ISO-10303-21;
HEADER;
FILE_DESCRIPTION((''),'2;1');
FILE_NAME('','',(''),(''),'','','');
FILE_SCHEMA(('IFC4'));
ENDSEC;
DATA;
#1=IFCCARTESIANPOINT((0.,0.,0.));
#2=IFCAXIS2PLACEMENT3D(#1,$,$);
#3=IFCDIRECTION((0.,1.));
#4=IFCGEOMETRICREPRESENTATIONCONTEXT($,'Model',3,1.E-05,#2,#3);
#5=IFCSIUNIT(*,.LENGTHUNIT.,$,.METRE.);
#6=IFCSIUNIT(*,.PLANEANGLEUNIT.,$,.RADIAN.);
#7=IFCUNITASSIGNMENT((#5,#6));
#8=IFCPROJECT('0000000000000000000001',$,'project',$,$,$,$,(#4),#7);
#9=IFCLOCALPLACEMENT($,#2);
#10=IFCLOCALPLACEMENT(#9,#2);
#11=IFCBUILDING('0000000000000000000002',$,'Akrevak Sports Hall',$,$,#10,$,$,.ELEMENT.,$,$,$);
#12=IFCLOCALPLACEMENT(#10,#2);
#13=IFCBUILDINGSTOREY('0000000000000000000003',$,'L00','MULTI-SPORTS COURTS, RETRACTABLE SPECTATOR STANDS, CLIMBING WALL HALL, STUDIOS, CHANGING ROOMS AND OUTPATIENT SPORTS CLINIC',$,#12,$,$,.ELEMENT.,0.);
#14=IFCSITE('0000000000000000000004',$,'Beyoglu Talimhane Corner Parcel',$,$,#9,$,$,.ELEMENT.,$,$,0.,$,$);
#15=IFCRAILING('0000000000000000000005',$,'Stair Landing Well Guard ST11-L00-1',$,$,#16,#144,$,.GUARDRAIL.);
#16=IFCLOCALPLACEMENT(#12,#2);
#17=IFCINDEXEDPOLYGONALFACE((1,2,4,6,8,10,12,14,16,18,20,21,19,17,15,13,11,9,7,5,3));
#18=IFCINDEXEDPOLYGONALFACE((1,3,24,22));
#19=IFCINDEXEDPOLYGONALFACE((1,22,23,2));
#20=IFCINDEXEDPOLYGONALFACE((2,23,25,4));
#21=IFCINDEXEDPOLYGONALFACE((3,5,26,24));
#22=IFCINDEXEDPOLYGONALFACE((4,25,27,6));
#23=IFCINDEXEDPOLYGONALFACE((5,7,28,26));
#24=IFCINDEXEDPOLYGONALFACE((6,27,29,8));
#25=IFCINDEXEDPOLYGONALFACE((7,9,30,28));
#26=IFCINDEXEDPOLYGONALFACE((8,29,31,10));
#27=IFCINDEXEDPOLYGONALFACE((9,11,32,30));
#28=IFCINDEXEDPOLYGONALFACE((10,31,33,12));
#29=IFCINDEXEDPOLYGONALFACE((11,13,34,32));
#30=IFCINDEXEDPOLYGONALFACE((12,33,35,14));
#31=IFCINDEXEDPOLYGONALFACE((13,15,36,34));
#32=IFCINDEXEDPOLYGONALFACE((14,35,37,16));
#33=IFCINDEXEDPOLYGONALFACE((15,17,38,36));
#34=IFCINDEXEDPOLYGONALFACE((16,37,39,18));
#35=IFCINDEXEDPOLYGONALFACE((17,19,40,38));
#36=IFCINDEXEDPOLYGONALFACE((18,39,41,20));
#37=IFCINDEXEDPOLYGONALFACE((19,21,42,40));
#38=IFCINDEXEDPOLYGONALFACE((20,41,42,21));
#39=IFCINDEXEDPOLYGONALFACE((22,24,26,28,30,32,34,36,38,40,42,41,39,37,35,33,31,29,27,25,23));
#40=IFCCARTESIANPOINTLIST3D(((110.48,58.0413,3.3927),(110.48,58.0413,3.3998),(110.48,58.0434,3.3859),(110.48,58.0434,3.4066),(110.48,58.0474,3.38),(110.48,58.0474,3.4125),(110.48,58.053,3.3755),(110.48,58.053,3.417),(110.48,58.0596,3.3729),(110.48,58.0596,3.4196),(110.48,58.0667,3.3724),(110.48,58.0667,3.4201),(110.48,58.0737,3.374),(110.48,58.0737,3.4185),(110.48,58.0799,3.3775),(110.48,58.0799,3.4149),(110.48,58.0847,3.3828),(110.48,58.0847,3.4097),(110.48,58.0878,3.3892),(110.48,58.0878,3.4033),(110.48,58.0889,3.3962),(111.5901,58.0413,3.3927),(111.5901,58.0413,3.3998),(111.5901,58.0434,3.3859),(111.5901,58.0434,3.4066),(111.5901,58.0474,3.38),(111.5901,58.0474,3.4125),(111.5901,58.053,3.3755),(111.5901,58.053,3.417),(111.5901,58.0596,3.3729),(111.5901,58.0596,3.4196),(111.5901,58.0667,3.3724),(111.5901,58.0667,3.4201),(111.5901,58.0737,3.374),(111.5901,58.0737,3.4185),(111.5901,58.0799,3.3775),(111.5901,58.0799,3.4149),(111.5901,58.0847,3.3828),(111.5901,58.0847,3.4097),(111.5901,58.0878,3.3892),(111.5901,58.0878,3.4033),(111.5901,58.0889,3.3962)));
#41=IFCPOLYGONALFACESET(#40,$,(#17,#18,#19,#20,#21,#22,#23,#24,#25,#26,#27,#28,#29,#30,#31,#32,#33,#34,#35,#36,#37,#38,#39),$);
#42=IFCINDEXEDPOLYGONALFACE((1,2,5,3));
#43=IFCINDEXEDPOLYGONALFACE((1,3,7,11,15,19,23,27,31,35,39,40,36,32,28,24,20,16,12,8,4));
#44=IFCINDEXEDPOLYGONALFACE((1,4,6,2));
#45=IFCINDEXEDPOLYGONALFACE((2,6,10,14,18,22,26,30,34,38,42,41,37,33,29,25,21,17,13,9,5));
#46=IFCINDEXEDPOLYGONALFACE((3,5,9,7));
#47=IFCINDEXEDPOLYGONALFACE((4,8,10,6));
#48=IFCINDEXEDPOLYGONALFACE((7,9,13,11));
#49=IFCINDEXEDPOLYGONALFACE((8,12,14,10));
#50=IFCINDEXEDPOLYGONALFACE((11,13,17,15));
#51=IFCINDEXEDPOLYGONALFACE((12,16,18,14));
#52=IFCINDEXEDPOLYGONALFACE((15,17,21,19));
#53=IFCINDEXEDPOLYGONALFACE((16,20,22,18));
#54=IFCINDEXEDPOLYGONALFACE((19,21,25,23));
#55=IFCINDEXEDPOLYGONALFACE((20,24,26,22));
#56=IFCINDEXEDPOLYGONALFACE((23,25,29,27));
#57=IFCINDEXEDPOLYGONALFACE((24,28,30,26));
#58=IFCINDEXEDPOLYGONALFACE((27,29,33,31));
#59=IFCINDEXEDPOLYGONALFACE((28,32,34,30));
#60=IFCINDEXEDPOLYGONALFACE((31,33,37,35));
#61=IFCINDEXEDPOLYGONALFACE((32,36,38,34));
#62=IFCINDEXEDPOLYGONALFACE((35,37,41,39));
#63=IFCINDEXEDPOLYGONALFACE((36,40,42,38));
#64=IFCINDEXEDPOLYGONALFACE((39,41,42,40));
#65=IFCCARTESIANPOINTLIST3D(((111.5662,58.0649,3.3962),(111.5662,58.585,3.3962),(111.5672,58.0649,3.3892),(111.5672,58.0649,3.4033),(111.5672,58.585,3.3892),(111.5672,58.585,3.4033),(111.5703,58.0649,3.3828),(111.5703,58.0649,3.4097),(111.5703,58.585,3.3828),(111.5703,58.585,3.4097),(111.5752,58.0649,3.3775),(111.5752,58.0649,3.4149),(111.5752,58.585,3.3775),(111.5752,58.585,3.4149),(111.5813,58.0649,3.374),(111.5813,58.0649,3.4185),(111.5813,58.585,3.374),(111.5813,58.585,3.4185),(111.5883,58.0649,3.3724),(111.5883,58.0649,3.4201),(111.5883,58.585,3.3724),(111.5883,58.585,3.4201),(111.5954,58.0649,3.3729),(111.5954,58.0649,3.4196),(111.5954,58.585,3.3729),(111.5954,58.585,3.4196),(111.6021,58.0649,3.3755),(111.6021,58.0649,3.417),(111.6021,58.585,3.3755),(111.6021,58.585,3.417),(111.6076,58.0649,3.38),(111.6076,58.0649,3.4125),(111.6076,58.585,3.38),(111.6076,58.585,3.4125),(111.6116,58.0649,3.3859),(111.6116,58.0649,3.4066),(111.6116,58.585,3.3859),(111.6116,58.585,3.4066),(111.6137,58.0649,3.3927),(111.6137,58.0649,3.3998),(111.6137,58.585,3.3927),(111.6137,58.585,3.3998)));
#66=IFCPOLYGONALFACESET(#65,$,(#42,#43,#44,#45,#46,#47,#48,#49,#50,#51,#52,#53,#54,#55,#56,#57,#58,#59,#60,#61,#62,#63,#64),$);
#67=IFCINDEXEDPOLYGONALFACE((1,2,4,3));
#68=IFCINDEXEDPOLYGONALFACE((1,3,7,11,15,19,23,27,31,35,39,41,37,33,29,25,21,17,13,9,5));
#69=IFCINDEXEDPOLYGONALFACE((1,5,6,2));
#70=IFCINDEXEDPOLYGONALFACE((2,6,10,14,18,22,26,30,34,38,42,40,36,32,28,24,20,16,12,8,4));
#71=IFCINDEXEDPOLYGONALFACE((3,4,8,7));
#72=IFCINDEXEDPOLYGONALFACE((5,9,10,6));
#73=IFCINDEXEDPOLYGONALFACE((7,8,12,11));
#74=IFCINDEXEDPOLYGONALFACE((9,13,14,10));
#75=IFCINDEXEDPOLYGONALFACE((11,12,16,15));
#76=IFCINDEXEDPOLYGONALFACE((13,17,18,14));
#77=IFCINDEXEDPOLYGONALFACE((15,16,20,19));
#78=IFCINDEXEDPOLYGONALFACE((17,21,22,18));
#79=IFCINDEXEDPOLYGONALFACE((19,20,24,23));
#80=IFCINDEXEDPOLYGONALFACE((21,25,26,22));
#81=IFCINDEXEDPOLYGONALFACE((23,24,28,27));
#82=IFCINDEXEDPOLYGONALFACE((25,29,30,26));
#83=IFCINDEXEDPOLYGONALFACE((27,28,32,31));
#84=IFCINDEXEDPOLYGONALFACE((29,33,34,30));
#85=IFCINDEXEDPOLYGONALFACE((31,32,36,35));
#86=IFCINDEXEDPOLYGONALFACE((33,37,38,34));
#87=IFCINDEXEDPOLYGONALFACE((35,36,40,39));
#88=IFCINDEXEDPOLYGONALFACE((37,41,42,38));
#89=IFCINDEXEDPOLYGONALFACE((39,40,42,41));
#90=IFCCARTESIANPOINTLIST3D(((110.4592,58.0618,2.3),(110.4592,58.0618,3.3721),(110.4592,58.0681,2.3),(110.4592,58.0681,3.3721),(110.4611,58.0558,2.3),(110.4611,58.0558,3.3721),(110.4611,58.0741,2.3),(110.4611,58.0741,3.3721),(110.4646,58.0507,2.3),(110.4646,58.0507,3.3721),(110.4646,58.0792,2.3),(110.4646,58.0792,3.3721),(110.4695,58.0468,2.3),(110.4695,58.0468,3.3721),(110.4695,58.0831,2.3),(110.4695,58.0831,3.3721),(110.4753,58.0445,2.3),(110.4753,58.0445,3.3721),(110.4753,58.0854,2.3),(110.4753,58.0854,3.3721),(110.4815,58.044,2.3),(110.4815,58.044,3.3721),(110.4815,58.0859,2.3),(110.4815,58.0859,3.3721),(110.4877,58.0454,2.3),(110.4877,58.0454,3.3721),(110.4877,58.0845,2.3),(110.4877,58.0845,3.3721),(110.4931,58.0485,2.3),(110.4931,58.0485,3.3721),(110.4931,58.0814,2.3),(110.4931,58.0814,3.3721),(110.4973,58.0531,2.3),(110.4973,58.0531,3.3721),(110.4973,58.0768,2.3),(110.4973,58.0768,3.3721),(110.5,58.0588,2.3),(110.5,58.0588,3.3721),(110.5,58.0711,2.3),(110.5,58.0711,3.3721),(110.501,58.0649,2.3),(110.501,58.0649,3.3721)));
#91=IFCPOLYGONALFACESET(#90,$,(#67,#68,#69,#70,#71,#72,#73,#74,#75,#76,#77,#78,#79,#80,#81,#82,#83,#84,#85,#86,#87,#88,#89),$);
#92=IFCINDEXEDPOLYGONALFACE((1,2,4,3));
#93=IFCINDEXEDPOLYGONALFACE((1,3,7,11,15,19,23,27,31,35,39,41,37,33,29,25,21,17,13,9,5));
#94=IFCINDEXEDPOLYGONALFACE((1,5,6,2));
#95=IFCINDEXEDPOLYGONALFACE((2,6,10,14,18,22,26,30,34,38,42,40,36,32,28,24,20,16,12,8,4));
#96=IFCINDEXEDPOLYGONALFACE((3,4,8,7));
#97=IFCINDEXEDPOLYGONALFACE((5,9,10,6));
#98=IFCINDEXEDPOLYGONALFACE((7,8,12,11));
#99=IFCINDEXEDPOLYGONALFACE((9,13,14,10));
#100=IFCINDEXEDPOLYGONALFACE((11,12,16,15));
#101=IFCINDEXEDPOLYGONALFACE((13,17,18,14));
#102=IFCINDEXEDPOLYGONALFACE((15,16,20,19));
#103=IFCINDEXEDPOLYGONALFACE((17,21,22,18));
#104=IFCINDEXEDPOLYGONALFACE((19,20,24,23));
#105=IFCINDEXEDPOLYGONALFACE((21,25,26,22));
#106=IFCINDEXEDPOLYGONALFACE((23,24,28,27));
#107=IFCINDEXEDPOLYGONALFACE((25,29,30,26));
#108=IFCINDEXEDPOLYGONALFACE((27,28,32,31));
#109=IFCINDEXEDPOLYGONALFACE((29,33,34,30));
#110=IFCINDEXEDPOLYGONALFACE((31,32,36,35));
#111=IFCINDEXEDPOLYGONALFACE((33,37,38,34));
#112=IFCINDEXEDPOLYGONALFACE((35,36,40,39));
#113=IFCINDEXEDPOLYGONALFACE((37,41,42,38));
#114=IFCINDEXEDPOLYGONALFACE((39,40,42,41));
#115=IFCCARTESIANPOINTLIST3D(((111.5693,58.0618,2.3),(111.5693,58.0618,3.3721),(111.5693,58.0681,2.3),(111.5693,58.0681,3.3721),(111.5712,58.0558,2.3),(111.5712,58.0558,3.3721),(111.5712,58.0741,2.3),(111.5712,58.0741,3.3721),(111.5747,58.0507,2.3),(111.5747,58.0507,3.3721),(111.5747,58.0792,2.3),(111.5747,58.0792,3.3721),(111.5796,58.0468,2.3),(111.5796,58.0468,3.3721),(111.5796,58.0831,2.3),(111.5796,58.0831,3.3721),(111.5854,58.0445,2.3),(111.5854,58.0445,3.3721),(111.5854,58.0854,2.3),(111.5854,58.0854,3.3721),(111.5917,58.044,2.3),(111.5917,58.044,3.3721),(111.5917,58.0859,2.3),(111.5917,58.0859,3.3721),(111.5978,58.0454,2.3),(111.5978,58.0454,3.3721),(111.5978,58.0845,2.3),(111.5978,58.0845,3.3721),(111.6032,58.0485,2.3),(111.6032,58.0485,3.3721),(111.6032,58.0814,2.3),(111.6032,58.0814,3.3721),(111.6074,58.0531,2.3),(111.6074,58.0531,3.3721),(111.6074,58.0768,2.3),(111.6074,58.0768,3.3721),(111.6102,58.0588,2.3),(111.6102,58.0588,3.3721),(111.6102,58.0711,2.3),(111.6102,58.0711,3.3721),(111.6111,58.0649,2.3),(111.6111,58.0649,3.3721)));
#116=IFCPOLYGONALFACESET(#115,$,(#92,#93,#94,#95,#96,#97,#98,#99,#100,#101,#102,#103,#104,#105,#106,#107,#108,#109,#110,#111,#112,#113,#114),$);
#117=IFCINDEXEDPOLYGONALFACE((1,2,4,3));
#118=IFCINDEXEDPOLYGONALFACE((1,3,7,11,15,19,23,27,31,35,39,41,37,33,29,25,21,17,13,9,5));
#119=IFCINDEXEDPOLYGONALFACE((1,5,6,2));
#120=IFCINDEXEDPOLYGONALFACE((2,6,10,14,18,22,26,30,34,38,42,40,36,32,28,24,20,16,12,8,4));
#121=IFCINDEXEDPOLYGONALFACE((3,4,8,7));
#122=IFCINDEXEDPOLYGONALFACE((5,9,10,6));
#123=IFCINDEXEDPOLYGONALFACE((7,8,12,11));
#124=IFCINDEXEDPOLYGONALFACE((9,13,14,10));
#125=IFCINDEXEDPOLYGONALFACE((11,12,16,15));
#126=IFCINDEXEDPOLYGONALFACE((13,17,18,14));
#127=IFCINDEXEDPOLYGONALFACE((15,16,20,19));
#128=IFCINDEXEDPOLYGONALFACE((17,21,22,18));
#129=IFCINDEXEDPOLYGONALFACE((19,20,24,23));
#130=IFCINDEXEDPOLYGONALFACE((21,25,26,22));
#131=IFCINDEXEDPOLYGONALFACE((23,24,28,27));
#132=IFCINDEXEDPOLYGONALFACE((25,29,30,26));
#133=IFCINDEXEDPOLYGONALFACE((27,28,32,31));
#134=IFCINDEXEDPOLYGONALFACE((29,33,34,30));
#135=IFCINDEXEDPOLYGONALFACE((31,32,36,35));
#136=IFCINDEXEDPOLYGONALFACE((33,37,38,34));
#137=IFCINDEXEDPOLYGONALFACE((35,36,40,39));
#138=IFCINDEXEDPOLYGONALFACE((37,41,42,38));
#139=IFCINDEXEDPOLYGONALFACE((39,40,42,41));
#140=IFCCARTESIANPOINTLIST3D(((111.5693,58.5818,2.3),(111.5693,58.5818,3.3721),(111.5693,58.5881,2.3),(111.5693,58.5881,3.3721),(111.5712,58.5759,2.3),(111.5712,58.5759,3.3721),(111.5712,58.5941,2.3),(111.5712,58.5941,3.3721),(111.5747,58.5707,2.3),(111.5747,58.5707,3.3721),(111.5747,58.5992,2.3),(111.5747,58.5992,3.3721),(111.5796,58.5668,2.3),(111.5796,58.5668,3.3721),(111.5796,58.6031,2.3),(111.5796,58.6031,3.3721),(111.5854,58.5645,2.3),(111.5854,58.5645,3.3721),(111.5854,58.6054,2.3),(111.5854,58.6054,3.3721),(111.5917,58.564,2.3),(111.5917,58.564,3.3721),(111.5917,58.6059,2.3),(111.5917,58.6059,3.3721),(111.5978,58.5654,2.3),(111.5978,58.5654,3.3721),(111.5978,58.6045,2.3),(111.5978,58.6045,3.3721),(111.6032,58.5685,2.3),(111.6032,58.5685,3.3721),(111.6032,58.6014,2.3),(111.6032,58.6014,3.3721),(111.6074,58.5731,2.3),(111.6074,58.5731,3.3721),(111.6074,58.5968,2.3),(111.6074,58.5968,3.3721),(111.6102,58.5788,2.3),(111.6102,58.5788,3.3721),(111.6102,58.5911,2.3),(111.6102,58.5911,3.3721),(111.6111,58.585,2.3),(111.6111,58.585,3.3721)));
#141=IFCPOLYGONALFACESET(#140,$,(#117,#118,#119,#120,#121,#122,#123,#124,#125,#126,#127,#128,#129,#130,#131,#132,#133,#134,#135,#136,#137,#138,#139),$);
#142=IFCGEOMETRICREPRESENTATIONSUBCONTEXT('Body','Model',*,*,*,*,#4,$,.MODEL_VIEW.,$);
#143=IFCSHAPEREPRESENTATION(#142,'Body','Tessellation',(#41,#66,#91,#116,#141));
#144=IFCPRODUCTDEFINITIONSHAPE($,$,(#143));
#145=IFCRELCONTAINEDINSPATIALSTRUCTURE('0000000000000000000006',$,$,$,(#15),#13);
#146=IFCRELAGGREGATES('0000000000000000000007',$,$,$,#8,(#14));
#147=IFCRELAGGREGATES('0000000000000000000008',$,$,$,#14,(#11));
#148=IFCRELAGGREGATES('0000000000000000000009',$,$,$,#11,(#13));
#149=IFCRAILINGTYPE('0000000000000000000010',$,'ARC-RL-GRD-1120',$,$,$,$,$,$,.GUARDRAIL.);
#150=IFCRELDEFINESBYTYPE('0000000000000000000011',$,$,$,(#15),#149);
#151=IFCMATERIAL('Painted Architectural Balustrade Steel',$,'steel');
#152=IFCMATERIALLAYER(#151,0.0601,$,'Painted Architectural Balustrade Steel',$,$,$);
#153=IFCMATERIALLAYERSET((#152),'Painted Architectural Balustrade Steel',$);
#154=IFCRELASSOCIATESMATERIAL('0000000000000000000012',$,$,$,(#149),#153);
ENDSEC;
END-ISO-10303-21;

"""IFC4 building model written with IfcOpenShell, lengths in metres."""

from ifc_helpers import new_model, si_unit, direction, frame, origin, origin_2d, place, context, subcontext, project, spatial, circle, extrude, material, layer, layer_set, type_object, element, save


model = new_model("IFC4")

# Units and contexts
model_context = context("Model", 3, precision=1e-05, world=origin(), true_north=direction((0.0, 1.0)))
body_context = subcontext(model_context, "Body", "Model", "MODEL_VIEW")
ifc_project = project(units=[si_unit("LENGTHUNIT", "METRE"), si_unit("PLANEANGLEUNIT", "RADIAN")], contexts=[model_context])

# Site, building, storey
site_placement = place(None, origin())
site = spatial("IfcSite", under=ifc_project, at=site_placement, Name="Beyoglu Talimhane Corner Parcel", CompositionType="ELEMENT", RefElevation=0.0)
building_placement = place(site_placement, origin())
building = spatial("IfcBuilding", under=site, at=building_placement, Name="Akrevak Sports Hall", CompositionType="ELEMENT")
storey_placement = place(building_placement, origin())
storey = spatial("IfcBuildingStorey", under=building, at=storey_placement, Name="L00", Description="MULTI-SPORTS COURTS, RETRACTABLE SPECTATOR STANDS, CLIMBING WALL HALL, STUDIOS, CHANGING ROOMS AND OUTPATIENT SPORTS CLINIC", CompositionType="ELEMENT", Elevation=0.0)

# Railing
ifc_material_1 = material(Name="Painted Architectural Balustrade Steel", Category="steel")
ifc_layer_1 = layer(ifc_material_1, 0.0601, Name="Painted Architectural Balustrade Steel")
ifc_layer_set_1 = layer_set([ifc_layer_1], Name="Painted Architectural Balustrade Steel")
railing_type_1 = type_object("IfcRailingType", Name="ARC-RL-GRD-1120", PredefinedType="GUARDRAIL", material=ifc_layer_set_1)
railing_1_placement = place(storey_placement, frame((110.48, 58.0649, 2.3)))
element("IfcRailing", 1, at=railing_1_placement, inside=storey, type_object=railing_type_1, Name="Stair Landing Well Guard ST11-L00-1", PredefinedType="GUARDRAIL", context=body_context, shape_type="SweptSolid", body=[
    extrude(circle(Radius=0.0239, at=origin_2d()), frame((0.0, 0.0, 1.0962), z_axis=(1.0, 0.0, 0.0), x_axis=(0.0, 1.0, 0.0)), (0.0, 0.0, 1.0), 1.1101),
    extrude(circle(Radius=0.0239, at=origin_2d()), frame((1.1101, 0.0, 1.0962), z_axis=(0.0, 1.0, 0.0), x_axis=(-1.0, 0.0, 0.0)), (0.0, 0.0, 1.0), 0.52),
    extrude(circle(Radius=0.021, at=origin_2d()), origin(), (0.0, 0.0, 1.0), 1.072),
    extrude(circle(Radius=0.021, at=origin_2d()), frame((1.1101, 0.0, 0.0)), (0.0, 0.0, 1.0), 1.072),
    extrude(circle(Radius=0.021, at=origin_2d()), frame((1.1101, 0.52, 0.0)), (0.0, 0.0, 1.0), 1.072),
])

save(model, "model.ifc")
